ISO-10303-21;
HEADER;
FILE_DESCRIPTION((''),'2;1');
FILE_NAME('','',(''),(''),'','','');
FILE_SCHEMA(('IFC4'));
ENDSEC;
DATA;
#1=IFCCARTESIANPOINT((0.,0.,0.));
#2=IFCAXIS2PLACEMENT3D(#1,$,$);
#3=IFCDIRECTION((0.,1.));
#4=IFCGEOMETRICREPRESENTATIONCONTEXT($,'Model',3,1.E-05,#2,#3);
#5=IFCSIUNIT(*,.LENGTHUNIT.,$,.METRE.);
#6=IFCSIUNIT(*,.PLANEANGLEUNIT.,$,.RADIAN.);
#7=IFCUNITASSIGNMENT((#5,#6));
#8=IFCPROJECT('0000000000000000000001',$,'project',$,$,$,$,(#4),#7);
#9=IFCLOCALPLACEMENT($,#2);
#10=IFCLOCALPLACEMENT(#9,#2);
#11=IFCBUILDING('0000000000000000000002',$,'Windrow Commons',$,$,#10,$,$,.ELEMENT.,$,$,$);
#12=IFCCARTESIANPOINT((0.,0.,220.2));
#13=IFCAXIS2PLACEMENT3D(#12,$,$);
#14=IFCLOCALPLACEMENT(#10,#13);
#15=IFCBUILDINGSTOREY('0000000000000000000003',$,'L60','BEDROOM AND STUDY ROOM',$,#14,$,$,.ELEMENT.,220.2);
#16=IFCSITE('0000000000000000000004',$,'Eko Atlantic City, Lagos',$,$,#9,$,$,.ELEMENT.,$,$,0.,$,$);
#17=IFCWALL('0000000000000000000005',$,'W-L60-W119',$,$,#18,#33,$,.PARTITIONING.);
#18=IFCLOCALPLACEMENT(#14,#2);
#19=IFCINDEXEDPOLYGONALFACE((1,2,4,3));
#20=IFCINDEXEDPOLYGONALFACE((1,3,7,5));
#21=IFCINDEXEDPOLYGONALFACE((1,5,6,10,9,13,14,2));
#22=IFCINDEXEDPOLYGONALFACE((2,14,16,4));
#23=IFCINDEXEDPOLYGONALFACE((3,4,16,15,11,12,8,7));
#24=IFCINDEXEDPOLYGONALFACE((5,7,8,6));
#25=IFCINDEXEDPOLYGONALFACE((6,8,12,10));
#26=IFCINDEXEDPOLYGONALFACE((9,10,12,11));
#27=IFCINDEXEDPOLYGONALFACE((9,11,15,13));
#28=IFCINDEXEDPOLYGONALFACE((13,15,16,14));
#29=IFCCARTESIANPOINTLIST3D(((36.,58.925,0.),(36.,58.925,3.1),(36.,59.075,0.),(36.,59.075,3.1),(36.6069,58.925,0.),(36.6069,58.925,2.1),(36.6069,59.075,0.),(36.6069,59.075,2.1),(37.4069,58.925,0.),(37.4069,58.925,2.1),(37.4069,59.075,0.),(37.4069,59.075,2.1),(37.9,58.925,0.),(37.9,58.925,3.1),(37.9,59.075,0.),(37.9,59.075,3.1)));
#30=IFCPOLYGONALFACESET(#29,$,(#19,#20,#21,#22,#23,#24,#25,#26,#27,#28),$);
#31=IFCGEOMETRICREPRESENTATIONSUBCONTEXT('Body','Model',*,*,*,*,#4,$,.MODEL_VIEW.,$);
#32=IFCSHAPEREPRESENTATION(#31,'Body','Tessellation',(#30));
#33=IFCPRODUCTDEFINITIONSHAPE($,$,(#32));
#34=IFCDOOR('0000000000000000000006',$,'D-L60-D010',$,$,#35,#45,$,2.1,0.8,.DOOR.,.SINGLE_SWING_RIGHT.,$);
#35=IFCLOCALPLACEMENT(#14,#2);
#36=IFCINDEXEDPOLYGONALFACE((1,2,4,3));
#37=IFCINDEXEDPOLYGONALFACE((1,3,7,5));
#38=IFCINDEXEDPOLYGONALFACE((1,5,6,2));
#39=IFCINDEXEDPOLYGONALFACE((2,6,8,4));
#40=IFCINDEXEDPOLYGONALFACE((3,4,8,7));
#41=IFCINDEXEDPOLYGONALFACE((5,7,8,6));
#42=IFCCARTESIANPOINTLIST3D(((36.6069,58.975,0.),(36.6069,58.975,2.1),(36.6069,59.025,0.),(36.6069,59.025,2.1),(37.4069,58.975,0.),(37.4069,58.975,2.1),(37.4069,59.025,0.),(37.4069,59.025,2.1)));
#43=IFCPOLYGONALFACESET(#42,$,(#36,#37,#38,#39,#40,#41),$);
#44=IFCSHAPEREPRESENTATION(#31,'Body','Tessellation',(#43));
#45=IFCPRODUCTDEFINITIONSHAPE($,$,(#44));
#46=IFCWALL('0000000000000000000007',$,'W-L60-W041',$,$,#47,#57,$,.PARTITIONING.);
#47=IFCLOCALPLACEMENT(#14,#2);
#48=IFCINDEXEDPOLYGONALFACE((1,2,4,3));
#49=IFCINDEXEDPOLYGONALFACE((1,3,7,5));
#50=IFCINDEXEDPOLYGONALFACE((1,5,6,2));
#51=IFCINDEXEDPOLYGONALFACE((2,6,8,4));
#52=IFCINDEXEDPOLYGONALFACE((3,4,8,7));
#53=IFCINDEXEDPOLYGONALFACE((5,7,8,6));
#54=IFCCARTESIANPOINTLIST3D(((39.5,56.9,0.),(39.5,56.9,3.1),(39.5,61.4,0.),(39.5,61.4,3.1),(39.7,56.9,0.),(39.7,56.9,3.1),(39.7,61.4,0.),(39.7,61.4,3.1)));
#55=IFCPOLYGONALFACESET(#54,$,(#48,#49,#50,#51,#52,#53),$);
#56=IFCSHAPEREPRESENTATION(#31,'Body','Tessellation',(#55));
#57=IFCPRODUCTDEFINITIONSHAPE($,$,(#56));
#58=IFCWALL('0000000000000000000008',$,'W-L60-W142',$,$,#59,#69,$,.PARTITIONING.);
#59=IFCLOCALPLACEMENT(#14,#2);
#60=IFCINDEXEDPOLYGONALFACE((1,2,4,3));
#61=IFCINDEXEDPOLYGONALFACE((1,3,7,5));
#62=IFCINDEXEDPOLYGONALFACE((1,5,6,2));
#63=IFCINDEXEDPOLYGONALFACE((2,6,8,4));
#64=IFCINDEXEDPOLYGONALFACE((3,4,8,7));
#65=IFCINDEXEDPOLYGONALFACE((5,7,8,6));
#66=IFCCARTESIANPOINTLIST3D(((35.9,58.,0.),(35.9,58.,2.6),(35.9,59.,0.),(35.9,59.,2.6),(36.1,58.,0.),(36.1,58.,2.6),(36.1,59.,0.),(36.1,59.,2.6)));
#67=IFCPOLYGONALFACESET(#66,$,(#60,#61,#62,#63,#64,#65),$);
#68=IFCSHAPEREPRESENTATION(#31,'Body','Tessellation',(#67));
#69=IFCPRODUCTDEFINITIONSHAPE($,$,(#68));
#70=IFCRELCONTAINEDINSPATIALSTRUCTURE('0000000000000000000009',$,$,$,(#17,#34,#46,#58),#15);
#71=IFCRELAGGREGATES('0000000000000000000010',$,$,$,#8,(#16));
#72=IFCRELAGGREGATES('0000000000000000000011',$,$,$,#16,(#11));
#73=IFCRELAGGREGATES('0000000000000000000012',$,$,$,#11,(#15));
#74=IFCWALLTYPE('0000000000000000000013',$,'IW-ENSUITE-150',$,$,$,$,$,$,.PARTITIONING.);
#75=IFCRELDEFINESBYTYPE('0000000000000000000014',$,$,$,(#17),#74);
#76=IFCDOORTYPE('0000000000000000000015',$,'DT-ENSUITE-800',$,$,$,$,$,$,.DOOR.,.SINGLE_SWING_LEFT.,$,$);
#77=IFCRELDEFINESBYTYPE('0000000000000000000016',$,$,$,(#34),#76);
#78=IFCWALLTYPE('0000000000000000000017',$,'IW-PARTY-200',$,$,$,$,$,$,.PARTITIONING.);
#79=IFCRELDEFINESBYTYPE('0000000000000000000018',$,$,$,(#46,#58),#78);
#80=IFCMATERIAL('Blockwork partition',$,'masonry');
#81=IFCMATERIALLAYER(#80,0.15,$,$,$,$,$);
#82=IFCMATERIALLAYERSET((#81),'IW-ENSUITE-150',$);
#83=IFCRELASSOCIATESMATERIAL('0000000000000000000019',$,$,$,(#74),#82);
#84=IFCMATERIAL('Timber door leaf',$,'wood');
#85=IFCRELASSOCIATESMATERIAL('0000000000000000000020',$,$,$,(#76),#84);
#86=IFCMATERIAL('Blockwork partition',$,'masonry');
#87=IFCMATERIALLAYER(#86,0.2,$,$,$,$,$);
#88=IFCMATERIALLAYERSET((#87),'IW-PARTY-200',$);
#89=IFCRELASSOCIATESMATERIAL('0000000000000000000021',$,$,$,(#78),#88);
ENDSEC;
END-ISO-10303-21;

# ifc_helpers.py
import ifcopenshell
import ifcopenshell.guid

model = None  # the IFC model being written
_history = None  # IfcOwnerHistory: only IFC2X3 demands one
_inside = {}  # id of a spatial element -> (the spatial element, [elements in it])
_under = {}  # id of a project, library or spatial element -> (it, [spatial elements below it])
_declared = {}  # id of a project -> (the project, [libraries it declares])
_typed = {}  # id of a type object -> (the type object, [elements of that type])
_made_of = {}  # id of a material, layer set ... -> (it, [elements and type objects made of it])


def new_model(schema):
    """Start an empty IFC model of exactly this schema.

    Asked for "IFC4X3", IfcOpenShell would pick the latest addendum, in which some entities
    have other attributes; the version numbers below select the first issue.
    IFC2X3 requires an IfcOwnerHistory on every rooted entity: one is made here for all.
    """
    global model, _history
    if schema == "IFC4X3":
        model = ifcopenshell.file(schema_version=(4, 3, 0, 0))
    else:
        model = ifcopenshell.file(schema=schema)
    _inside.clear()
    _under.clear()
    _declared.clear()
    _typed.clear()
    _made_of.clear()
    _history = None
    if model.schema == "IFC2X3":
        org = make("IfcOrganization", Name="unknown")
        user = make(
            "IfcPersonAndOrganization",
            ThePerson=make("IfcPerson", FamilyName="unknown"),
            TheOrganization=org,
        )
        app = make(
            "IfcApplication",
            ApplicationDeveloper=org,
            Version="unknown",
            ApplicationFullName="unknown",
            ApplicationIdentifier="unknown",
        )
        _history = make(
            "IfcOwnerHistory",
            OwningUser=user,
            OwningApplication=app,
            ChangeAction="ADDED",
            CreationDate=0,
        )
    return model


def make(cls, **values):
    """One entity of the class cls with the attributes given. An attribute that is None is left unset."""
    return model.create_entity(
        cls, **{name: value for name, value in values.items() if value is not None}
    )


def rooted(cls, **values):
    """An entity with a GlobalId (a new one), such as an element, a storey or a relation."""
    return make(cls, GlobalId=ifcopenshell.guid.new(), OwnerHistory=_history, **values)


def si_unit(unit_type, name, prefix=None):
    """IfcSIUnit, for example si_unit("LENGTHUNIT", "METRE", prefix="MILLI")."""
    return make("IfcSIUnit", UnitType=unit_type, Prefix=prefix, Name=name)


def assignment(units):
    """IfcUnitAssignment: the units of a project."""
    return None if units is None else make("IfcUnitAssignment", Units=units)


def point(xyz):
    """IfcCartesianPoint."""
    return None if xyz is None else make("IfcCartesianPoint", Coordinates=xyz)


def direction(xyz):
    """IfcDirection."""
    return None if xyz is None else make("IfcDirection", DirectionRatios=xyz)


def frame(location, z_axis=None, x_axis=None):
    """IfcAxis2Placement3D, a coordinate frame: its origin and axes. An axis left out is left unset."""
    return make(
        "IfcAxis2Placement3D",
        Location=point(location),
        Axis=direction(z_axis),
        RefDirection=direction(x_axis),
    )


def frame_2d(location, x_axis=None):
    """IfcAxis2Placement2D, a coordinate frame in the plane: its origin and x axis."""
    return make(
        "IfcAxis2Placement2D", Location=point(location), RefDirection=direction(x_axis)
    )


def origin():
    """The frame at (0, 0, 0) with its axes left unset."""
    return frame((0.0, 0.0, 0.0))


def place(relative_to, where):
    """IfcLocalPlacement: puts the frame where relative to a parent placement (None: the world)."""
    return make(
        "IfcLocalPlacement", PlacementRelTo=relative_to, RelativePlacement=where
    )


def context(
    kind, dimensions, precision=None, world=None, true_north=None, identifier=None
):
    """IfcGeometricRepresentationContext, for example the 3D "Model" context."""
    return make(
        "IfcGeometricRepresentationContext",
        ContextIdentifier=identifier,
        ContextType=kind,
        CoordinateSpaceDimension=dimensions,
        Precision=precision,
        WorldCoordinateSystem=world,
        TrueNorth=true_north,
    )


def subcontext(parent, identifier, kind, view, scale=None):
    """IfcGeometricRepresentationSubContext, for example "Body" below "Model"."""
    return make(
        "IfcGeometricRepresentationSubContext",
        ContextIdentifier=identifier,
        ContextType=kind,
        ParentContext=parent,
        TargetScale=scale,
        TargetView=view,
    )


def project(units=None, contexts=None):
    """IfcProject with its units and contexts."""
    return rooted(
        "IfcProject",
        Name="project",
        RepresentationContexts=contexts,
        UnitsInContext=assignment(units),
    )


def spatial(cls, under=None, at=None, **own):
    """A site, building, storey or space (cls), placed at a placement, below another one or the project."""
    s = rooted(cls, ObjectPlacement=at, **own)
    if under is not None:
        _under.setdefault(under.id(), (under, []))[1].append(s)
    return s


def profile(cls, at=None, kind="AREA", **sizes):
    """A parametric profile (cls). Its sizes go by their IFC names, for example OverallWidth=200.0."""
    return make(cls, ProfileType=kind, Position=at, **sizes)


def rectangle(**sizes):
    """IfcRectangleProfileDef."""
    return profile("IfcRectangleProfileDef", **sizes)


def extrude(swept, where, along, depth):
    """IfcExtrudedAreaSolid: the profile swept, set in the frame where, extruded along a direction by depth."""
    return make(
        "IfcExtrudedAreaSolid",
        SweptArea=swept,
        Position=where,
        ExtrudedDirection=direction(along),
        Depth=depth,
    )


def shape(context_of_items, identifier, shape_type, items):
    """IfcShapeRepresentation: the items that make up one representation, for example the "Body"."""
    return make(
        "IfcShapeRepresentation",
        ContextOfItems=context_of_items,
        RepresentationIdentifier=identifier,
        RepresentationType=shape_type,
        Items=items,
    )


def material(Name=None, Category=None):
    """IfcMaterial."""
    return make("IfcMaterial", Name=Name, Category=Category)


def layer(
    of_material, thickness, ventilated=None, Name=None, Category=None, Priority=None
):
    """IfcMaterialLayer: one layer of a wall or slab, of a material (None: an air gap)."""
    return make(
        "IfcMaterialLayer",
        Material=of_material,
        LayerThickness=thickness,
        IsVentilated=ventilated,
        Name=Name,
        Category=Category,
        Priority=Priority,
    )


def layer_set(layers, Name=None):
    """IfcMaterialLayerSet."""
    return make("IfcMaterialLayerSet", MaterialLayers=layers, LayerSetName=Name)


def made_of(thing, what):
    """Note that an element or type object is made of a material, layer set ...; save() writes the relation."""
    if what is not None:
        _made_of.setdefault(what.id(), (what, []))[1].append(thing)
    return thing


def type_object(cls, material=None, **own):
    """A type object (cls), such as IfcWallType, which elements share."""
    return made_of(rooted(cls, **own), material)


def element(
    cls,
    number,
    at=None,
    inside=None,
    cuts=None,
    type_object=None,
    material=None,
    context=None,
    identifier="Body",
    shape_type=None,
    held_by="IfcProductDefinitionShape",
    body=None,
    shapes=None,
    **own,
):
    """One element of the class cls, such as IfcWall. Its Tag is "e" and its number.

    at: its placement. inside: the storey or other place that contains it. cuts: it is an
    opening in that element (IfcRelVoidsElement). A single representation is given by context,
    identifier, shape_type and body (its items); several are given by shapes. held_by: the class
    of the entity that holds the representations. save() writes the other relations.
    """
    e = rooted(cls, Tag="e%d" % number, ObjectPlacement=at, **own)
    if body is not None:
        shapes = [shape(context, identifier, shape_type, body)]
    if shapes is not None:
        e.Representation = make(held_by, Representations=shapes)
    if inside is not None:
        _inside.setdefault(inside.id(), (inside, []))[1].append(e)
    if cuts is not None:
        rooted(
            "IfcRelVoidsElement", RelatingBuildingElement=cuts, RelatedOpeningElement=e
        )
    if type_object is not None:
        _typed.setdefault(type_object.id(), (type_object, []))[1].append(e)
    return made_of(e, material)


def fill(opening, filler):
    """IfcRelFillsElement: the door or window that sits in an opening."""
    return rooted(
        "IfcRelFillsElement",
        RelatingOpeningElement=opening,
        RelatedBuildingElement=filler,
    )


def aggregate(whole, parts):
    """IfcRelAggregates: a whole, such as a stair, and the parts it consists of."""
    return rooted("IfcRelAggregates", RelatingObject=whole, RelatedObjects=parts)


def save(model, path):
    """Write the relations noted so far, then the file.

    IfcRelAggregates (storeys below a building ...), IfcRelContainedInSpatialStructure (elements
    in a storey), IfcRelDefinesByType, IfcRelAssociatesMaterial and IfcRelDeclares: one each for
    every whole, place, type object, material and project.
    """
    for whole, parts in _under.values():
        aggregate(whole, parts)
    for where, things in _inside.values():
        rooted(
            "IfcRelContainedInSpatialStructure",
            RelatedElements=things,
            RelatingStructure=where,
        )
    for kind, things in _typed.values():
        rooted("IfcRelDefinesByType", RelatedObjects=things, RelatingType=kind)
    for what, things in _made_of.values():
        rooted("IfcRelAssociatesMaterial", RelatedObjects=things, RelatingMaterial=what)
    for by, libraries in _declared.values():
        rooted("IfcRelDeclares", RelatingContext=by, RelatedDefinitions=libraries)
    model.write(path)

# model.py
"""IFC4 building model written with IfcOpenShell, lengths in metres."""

from ifc_helpers import new_model, si_unit, direction, frame, frame_2d, origin, place, context, subcontext, project, spatial, rectangle, extrude, material, layer, layer_set, type_object, element, fill, save


model = new_model("IFC4")

# Units and contexts
model_context = context("Model", 3, precision=1e-05, world=origin(), true_north=direction((0.0, 1.0)))
body_context = subcontext(model_context, "Body", "Model", "MODEL_VIEW")
ifc_project = project(units=[si_unit("LENGTHUNIT", "METRE"), si_unit("PLANEANGLEUNIT", "RADIAN")], contexts=[model_context])

# Site, building, storey
site_placement = place(None, origin())
site = spatial("IfcSite", under=ifc_project, at=site_placement, Name="Eko Atlantic City, Lagos", CompositionType="ELEMENT", RefElevation=0.0)
building_placement = place(site_placement, origin())
building = spatial("IfcBuilding", under=site, at=building_placement, Name="Windrow Commons", CompositionType="ELEMENT")
storey_placement = place(building_placement, frame((0.0, 0.0, 220.2)))
storey = spatial("IfcBuildingStorey", under=building, at=storey_placement, Name="L60", Description="BEDROOM AND STUDY ROOM", CompositionType="ELEMENT", Elevation=220.2)

# Shared definitions
ifc_material_1 = material(Name="Blockwork partition", Category="masonry")
ifc_layer_1 = layer(ifc_material_1, 0.15)
ifc_layer_set_1 = layer_set([ifc_layer_1], Name="IW-ENSUITE-150")
wall_type_1 = type_object("IfcWallType", Name="IW-ENSUITE-150", PredefinedType="PARTITIONING", material=ifc_layer_set_1)

# Wall, opening, door
wall_1_placement = place(storey_placement, frame((36.0, 59.0, 0.0), z_axis=(0.0, 0.0, 1.0), x_axis=(1.0, 0.0, 0.0)))
wall_1 = element("IfcWall", 1, at=wall_1_placement, inside=storey, type_object=wall_type_1, Name="W-L60-W119", PredefinedType="PARTITIONING", context=body_context, shape_type="SweptSolid", body=[
    extrude(rectangle(XDim=1.9, YDim=0.15, at=frame_2d((0.95, 0.0))), origin(), (0.0, 0.0, 1.0), 3.1),
])
opening_1_placement = place(wall_1_placement, frame((0.6069, 0.0, 0.0)))
opening_1 = element("IfcOpeningElement", 2, at=opening_1_placement, cuts=wall_1, PredefinedType="OPENING", context=body_context, shape_type="SweptSolid", body=[
    extrude(rectangle(XDim=0.8, YDim=2.1, at=frame_2d((0.4, 1.05))), frame((0.0, 0.085, 0.0), z_axis=(0.0, -1.0, 0.0), x_axis=(1.0, 0.0, 0.0)), (0.0, 0.0, 1.0), 0.17),
])
ifc_material_2 = material(Name="Timber door leaf", Category="wood")
door_type_1 = type_object("IfcDoorType", Name="DT-ENSUITE-800", OperationType="SINGLE_SWING_LEFT", PredefinedType="DOOR", material=ifc_material_2)
door_1_placement = place(opening_1_placement, origin())
door_1 = element("IfcDoor", 3, at=door_1_placement, inside=storey, type_object=door_type_1, Name="D-L60-D010", OperationType="SINGLE_SWING_RIGHT", OverallHeight=2.1, OverallWidth=0.8, PredefinedType="DOOR", context=body_context, shape_type="SweptSolid", body=[
    extrude(rectangle(XDim=0.8, YDim=2.1, at=frame_2d((0.4, 1.05))), frame((0.0, 0.025, 0.0), z_axis=(0.0, -1.0, 0.0), x_axis=(1.0, 0.0, 0.0)), (0.0, 0.0, 1.0), 0.05),
])
fill(opening_1, door_1)

# Walls
ifc_material_3 = material(Name="Blockwork partition", Category="masonry")
ifc_layer_2 = layer(ifc_material_3, 0.2)
ifc_layer_set_2 = layer_set([ifc_layer_2], Name="IW-PARTY-200")
wall_type_2 = type_object("IfcWallType", Name="IW-PARTY-200", PredefinedType="PARTITIONING", material=ifc_layer_set_2)
wall_2_placement = place(storey_placement, frame((39.6, 56.9, 0.0), z_axis=(0.0, 0.0, 1.0), x_axis=(0.0, 1.0, 0.0)))
element("IfcWall", 4, at=wall_2_placement, inside=storey, type_object=wall_type_2, Name="W-L60-W041", PredefinedType="PARTITIONING", context=body_context, shape_type="SweptSolid", body=[
    extrude(rectangle(XDim=4.5, YDim=0.2, at=frame_2d((2.25, 0.0))), origin(), (0.0, 0.0, 1.0), 3.1),
])
wall_3_placement = place(storey_placement, frame((36.0, 58.0, 0.0), z_axis=(0.0, 0.0, 1.0), x_axis=(0.0, 1.0, 0.0)))
element("IfcWall", 5, at=wall_3_placement, inside=storey, type_object=wall_type_2, Name="W-L60-W142", PredefinedType="PARTITIONING", context=body_context, shape_type="SweptSolid", body=[
    extrude(rectangle(XDim=1.0, YDim=0.2, at=frame_2d((0.5, 0.0))), origin(), (0.0, 0.0, 1.0), 2.6),
])

save(model, "model.ifc")
